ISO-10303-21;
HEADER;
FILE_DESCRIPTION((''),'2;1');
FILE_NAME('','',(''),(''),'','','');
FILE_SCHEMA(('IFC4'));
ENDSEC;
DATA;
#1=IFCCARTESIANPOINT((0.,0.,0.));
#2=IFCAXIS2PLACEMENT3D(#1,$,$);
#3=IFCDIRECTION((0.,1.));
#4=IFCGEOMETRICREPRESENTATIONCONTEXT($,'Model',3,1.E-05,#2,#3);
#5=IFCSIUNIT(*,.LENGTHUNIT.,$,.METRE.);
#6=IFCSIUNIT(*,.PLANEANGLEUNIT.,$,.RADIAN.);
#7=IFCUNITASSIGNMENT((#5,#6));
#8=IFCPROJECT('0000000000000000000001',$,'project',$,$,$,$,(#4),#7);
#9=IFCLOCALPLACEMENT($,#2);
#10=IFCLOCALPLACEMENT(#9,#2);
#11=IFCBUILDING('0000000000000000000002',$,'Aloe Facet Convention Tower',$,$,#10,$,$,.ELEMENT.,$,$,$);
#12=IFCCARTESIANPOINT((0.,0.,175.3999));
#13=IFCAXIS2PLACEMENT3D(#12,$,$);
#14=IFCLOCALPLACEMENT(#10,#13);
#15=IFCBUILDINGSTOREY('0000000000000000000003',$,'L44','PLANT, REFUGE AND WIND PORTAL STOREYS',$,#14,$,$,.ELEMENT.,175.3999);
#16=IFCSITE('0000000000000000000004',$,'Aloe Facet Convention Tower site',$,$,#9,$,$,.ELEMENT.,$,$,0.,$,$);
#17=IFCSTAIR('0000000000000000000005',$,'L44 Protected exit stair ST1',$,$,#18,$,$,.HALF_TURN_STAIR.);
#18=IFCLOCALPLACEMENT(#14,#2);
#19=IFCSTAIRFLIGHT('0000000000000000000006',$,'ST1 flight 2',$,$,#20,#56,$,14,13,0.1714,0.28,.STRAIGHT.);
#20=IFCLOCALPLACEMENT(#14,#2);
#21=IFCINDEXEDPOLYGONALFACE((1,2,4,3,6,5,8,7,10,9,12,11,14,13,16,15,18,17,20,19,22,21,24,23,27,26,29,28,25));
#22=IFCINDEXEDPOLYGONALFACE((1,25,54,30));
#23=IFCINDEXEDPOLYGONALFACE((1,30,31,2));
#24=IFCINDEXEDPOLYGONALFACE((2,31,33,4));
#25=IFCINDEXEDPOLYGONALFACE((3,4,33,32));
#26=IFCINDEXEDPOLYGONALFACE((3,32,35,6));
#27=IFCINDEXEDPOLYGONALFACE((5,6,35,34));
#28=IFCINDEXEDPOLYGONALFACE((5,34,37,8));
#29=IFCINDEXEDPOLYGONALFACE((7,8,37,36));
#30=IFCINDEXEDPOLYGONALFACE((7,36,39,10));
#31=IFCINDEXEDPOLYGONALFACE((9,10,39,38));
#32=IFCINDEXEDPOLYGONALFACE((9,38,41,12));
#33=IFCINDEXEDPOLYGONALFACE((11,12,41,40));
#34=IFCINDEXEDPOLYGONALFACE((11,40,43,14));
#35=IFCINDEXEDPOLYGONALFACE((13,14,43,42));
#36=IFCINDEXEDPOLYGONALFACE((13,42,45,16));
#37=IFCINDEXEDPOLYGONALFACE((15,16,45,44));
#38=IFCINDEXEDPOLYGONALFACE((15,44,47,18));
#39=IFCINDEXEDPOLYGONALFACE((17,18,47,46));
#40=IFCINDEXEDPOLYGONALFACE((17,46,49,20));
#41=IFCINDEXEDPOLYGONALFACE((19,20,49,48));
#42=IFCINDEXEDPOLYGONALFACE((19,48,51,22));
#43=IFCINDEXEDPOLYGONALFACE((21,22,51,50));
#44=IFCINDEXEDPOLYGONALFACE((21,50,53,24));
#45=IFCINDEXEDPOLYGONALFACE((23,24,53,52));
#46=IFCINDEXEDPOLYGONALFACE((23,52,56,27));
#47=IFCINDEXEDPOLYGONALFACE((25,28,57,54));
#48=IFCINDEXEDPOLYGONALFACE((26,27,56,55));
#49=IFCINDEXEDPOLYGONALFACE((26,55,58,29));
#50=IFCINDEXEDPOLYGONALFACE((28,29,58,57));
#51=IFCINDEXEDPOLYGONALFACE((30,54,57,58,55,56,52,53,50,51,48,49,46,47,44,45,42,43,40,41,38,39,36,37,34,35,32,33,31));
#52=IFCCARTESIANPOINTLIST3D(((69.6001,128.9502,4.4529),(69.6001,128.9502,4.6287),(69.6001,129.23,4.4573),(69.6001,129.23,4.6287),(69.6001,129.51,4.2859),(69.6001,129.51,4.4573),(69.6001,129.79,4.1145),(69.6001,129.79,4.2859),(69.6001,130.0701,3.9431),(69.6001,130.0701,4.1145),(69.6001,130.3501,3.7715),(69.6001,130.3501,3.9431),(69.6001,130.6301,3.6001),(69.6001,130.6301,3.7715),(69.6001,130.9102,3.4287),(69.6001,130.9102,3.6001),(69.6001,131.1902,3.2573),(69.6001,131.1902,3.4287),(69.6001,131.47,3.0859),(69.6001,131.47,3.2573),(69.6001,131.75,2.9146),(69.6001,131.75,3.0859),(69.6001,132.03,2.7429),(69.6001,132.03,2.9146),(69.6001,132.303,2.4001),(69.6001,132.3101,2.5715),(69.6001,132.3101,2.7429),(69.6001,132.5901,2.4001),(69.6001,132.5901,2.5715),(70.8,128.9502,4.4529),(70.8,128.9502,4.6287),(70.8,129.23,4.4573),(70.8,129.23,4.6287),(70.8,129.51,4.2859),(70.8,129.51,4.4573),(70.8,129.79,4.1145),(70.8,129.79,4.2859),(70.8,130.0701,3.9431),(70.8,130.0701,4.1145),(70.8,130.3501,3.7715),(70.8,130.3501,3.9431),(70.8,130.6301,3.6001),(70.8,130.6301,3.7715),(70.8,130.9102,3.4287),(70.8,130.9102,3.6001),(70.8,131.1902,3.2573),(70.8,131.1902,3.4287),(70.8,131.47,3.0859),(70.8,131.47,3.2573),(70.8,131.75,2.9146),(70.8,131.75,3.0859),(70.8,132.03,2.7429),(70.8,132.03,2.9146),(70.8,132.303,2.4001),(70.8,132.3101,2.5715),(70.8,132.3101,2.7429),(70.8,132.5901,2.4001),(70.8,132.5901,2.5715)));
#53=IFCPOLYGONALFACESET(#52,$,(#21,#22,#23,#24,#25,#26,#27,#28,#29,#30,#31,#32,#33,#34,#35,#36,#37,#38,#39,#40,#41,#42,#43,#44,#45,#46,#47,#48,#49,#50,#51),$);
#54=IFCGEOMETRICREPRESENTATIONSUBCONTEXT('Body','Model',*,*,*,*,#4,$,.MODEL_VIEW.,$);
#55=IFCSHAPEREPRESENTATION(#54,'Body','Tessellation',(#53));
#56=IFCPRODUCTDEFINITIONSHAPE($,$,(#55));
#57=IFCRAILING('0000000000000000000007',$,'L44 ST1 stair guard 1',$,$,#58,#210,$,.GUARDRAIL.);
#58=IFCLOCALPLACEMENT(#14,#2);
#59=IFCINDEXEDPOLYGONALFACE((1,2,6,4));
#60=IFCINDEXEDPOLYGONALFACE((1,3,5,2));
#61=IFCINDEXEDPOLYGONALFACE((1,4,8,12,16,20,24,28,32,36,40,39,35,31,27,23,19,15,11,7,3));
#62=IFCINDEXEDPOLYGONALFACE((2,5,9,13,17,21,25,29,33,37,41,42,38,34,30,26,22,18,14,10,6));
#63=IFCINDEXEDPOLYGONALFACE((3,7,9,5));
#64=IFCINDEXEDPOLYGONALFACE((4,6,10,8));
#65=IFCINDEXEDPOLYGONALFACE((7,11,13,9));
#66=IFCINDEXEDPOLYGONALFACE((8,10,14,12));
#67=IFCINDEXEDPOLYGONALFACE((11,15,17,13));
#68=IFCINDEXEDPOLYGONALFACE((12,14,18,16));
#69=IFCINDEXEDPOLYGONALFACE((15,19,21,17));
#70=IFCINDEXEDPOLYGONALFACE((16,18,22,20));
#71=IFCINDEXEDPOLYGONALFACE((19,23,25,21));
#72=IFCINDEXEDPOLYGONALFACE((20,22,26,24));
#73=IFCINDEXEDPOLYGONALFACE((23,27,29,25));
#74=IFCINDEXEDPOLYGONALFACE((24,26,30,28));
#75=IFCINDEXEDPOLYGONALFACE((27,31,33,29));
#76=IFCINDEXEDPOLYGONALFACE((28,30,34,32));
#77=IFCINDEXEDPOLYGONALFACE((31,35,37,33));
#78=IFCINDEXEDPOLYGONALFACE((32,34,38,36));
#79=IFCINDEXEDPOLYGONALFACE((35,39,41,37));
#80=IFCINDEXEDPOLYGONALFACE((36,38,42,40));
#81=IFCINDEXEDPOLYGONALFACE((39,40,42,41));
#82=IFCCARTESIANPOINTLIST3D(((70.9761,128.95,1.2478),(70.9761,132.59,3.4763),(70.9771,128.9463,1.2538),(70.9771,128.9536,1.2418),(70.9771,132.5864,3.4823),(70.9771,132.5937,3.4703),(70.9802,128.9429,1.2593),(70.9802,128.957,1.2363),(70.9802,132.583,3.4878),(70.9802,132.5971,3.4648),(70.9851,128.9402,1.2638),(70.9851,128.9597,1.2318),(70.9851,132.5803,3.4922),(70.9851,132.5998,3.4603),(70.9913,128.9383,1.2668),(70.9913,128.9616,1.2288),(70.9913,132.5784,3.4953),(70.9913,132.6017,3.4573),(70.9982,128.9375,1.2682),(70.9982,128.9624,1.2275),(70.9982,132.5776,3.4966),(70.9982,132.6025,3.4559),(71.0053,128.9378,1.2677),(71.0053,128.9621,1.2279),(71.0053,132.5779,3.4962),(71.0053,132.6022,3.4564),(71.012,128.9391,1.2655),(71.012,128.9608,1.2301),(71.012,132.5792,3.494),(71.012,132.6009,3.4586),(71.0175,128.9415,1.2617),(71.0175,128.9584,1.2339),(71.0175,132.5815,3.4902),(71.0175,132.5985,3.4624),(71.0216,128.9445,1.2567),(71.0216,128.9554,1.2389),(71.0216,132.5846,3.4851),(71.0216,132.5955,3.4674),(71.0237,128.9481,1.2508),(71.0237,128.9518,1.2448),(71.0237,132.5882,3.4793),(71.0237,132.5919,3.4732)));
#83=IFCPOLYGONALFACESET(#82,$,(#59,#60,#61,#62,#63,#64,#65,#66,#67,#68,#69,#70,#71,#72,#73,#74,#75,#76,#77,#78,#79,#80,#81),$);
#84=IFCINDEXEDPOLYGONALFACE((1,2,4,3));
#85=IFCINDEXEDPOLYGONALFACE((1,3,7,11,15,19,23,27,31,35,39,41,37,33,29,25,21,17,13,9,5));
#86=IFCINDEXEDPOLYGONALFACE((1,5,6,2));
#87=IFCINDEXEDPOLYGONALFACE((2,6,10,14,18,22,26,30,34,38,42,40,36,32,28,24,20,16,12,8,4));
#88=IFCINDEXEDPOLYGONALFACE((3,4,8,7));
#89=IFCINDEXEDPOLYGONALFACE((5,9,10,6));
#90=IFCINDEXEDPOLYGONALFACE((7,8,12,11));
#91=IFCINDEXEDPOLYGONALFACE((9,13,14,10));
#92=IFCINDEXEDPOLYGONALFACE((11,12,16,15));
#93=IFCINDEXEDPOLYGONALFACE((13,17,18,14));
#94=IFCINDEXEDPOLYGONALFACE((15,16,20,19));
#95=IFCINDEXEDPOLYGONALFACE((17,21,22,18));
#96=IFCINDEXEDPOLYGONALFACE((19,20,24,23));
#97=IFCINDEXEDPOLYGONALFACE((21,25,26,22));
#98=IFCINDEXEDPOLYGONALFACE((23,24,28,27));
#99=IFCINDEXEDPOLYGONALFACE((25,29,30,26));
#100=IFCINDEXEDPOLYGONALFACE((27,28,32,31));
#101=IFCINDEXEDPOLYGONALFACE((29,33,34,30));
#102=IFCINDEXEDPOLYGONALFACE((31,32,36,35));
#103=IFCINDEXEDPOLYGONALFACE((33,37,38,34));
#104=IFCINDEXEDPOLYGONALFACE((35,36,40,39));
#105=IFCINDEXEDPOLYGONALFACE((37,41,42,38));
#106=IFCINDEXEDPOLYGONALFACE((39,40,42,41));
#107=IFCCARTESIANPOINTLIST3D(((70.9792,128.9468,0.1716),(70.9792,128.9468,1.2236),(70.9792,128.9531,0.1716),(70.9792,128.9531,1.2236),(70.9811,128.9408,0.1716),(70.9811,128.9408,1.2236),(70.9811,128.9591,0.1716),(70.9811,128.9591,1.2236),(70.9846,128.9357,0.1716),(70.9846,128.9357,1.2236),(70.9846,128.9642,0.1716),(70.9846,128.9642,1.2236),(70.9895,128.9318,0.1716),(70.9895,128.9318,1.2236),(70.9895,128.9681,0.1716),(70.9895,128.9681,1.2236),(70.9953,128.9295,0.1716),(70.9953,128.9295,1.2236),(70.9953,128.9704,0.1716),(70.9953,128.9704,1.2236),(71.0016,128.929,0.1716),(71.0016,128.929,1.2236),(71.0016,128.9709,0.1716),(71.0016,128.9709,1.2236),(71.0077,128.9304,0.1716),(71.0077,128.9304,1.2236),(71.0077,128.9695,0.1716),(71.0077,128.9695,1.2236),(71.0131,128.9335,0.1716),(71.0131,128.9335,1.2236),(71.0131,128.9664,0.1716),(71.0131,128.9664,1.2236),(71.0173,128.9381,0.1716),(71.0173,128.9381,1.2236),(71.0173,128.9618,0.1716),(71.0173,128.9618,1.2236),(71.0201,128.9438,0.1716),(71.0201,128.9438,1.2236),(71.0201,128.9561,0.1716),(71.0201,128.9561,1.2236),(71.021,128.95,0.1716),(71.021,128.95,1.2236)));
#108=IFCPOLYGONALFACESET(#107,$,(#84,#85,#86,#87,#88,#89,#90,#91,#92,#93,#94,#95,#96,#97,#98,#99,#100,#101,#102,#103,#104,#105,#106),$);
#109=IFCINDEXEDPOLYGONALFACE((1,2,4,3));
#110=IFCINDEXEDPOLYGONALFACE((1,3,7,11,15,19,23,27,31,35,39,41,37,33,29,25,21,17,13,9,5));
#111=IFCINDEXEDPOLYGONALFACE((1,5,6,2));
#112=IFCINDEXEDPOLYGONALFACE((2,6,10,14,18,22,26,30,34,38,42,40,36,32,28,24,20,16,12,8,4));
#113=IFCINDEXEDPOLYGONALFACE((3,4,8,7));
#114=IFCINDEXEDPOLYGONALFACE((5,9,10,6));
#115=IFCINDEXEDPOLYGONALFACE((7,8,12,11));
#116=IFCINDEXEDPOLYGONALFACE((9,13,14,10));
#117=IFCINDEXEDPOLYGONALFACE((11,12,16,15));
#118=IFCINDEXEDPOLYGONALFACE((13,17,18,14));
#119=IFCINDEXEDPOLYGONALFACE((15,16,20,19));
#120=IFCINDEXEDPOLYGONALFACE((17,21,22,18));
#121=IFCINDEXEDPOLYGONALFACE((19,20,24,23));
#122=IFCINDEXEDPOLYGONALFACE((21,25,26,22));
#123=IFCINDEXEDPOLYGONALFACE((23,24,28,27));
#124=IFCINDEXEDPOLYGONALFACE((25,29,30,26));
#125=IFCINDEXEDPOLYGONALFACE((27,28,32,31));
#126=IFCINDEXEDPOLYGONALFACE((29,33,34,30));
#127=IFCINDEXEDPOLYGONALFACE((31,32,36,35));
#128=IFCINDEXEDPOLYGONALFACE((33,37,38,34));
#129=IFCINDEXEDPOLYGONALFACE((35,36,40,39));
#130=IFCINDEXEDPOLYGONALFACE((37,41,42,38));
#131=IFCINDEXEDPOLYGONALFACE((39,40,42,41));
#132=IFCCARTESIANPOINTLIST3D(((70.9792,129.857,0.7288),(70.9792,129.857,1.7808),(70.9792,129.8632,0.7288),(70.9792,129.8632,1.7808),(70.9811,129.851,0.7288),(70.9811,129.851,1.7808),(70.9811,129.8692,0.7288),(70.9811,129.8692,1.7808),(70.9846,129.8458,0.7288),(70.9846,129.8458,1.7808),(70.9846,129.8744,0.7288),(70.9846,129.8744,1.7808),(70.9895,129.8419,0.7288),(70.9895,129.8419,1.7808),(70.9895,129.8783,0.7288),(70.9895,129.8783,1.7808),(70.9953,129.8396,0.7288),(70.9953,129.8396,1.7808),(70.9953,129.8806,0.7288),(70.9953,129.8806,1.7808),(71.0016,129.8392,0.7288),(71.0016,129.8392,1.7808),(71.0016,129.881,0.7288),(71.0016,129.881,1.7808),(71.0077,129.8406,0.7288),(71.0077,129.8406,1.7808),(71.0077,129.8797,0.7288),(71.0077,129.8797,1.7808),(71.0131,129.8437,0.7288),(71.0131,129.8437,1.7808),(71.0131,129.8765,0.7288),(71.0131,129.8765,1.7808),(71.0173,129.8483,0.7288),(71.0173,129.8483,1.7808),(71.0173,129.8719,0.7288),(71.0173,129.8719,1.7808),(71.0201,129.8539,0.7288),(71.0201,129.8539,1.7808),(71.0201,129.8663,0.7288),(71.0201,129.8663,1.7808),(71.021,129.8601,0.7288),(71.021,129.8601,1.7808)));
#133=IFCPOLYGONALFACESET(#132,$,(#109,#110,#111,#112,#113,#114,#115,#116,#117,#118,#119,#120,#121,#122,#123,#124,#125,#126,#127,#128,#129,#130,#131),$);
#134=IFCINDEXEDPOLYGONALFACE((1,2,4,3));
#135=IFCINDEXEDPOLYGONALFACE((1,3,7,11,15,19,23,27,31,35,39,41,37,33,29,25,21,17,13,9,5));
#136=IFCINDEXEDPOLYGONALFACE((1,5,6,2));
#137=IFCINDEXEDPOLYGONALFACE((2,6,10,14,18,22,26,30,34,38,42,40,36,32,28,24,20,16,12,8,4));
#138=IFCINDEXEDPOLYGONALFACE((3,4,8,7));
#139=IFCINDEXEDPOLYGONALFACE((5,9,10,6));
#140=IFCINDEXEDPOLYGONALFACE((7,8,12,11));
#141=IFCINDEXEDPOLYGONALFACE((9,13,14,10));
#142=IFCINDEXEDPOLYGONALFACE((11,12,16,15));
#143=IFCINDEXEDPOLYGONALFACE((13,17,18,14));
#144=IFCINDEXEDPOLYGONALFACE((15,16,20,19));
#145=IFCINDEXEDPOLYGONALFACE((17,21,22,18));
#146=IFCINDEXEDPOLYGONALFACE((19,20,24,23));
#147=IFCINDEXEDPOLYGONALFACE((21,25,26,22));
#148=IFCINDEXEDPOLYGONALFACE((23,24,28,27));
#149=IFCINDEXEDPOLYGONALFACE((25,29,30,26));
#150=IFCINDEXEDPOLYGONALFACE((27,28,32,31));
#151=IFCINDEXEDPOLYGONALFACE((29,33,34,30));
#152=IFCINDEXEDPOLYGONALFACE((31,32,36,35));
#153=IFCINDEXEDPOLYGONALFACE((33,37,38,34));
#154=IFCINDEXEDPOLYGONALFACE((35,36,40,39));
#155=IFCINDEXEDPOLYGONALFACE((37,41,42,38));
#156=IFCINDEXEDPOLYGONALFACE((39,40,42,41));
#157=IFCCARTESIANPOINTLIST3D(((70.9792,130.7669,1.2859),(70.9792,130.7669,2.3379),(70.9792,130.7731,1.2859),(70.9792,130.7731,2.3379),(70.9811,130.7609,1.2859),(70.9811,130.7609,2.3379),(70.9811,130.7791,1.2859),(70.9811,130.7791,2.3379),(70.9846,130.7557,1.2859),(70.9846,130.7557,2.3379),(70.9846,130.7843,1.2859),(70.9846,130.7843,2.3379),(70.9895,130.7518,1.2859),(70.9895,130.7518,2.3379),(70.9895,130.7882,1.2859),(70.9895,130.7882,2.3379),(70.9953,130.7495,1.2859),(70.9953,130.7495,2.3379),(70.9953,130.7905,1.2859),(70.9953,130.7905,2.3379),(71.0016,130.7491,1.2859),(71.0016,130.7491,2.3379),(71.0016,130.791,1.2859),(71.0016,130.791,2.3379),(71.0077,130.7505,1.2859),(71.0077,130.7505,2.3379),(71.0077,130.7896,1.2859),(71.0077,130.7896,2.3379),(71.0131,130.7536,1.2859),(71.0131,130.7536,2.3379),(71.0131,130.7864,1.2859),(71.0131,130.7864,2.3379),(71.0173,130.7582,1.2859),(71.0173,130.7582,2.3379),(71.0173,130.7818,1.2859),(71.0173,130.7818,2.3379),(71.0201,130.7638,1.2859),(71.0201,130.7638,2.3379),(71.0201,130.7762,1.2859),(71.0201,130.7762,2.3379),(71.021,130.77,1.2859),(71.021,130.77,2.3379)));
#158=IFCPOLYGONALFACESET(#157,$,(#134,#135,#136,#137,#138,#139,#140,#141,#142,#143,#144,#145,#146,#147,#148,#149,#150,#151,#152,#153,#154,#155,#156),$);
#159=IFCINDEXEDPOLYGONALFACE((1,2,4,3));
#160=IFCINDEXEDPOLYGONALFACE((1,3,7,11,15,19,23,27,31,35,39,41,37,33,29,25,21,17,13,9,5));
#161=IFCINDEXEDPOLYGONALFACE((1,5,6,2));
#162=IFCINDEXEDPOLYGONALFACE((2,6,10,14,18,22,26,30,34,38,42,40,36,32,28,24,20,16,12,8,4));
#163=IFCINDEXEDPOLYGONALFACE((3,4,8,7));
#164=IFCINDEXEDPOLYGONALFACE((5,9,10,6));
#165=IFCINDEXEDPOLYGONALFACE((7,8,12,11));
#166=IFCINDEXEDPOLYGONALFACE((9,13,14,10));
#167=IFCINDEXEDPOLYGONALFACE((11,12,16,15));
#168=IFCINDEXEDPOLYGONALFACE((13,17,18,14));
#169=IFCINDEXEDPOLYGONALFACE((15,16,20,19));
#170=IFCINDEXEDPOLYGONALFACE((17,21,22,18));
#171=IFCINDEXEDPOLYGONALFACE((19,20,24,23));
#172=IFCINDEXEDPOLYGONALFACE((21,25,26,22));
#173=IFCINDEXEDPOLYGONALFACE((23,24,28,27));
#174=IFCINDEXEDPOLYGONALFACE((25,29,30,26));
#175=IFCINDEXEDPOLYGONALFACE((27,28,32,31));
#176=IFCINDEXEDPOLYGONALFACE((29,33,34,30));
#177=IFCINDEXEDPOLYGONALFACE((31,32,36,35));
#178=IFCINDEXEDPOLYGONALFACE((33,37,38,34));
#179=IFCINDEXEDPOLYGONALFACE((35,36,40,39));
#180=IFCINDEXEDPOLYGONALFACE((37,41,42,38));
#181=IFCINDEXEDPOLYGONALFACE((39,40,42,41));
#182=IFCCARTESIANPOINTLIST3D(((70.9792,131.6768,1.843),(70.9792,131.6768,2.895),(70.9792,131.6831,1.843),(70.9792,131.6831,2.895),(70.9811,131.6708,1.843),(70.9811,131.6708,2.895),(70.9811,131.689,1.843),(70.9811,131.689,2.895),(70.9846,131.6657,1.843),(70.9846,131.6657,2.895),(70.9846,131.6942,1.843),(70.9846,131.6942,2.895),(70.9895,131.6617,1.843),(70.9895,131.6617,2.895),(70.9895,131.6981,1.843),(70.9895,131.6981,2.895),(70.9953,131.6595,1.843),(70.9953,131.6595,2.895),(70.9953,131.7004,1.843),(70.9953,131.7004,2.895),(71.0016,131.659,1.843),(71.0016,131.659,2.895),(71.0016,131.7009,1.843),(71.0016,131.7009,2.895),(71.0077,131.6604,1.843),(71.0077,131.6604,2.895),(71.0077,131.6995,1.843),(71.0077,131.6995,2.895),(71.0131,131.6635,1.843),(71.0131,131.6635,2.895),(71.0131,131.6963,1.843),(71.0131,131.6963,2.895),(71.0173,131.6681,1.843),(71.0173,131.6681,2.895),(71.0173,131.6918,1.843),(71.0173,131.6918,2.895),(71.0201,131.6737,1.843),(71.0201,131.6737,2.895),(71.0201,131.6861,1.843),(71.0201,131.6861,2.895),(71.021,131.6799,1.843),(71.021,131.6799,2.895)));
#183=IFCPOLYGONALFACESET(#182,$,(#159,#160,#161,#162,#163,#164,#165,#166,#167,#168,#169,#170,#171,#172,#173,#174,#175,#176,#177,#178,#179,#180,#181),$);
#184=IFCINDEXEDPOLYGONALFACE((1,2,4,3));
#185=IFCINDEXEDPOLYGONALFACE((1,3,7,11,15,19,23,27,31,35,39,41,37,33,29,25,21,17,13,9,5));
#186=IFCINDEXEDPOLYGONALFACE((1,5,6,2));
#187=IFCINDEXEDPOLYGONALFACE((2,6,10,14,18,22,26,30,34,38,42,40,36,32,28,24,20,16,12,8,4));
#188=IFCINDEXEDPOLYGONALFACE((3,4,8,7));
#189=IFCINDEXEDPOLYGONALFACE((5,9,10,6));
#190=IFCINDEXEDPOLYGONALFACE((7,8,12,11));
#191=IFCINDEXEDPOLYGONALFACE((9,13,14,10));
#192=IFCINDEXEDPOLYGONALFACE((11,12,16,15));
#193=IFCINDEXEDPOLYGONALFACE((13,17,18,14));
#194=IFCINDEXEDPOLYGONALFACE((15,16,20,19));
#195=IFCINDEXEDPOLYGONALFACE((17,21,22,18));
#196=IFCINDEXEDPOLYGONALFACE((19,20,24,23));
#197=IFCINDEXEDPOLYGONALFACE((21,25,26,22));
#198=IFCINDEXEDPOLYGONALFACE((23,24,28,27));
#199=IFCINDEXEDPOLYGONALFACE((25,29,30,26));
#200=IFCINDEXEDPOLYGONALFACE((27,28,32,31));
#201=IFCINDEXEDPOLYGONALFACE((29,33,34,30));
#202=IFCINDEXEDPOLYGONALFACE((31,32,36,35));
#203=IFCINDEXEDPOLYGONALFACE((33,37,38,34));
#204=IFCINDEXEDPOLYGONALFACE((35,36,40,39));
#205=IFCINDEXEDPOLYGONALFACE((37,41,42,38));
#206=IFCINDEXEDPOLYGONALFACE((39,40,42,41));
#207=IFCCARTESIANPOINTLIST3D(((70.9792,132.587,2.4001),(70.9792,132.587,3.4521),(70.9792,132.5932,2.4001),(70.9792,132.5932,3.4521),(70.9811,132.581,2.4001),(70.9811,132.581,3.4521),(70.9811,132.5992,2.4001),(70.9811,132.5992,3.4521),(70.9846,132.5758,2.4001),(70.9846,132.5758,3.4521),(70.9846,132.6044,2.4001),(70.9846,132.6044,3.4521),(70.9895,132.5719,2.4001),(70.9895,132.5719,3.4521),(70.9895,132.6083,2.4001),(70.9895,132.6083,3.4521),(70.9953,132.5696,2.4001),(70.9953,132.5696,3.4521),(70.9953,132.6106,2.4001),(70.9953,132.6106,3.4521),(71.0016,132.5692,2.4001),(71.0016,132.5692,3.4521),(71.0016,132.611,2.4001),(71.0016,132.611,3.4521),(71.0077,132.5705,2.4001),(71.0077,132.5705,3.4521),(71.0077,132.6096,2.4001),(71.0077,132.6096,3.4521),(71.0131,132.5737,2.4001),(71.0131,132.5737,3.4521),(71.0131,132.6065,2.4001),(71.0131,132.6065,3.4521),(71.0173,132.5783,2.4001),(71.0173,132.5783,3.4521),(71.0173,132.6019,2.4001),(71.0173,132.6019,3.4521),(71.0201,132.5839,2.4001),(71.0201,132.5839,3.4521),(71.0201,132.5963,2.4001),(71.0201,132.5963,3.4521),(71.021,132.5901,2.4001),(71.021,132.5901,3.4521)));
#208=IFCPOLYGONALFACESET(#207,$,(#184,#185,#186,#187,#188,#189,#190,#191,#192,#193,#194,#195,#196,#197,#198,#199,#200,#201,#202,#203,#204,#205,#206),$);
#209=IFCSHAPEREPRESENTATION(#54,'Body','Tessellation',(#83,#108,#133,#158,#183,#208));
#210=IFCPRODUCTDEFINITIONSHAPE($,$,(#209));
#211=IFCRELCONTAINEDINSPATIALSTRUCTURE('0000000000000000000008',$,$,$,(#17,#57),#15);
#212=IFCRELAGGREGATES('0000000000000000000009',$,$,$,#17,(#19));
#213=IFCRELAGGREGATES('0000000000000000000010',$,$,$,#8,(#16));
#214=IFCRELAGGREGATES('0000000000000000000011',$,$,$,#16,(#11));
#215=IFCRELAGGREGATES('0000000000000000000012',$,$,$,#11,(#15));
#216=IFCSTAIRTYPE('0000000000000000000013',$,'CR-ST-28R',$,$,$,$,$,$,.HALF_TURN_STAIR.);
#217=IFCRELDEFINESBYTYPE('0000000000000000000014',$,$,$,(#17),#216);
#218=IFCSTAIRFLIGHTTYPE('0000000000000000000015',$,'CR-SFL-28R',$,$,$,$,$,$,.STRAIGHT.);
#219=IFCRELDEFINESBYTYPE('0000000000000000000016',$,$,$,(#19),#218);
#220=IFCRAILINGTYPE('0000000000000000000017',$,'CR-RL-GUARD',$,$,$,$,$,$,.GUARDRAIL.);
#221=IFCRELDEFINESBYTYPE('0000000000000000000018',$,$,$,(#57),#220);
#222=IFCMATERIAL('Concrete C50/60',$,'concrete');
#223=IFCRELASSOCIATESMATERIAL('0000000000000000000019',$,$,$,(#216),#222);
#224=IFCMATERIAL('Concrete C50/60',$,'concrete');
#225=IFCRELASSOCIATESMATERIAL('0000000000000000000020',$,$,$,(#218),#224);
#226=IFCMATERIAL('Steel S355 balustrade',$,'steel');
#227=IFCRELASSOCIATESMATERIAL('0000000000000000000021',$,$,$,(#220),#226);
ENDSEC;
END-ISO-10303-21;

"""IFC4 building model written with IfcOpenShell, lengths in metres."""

from ifc_helpers import new_model, si_unit, direction, frame, origin, origin_2d, place, context, subcontext, project, spatial, polyline, circle, outline, extrude, material, type_object, element, aggregate, save


model = new_model("IFC4")

# Units and contexts
model_context = context("Model", 3, precision=1e-05, world=origin(), true_north=direction((0.0, 1.0)))
body_context = subcontext(model_context, "Body", "Model", "MODEL_VIEW")
ifc_project = project(units=[si_unit("LENGTHUNIT", "METRE"), si_unit("PLANEANGLEUNIT", "RADIAN")], contexts=[model_context])

# Site, building, storey
site_placement = place(None, origin())
site = spatial("IfcSite", under=ifc_project, at=site_placement, Name="Aloe Facet Convention Tower site", CompositionType="ELEMENT", RefElevation=0.0)
building_placement = place(site_placement, origin())
building = spatial("IfcBuilding", under=site, at=building_placement, Name="Aloe Facet Convention Tower", CompositionType="ELEMENT")
storey_placement = place(building_placement, frame((0.0, 0.0, 175.3999)))
storey = spatial("IfcBuildingStorey", under=building, at=storey_placement, Name="L44", Description="PLANT, REFUGE AND WIND PORTAL STOREYS", CompositionType="ELEMENT", Elevation=175.3999)

# Stair, stair flight
ifc_material_1 = material(Name="Concrete C50/60", Category="concrete")
stair_type = type_object("IfcStairType", Name="CR-ST-28R", PredefinedType="HALF_TURN_STAIR", material=ifc_material_1)
stair_placement = place(storey_placement, origin())
stair = element("IfcStair", 1, at=stair_placement, inside=storey, type_object=stair_type, Name="L44 Protected exit stair ST1", PredefinedType="HALF_TURN_STAIR")
ifc_material_2 = material(Name="Concrete C50/60", Category="concrete")
stair_flight_type = type_object("IfcStairFlightType", Name="CR-SFL-28R", PredefinedType="STRAIGHT", material=ifc_material_2)
stair_flight_1_placement = place(storey_placement, frame((70.2, 132.5901, 2.4001), z_axis=(0.0, 0.0, 1.0), x_axis=(0.0, -1.0, 0.0)))
stair_flight_1 = element("IfcStairFlight", 2, at=stair_flight_1_placement, type_object=stair_flight_type, Name="ST1 flight 2", NumberOfRisers=14, NumberOfTreads=13, PredefinedType="STRAIGHT", RiserHeight=0.1714, TreadLength=0.28, context=body_context, shape_type="SweptSolid", body=[
    extrude(outline(polyline([(0.0, 0.0), (0.0, 0.1714), (0.28, 0.1714), (0.28, 0.3428), (0.5601, 0.3428), (0.5601, 0.5144), (0.8401, 0.5144), (0.8401, 0.6858), (1.1201, 0.6858), (1.1201, 0.8572), (1.3999, 0.8572), (1.3999, 1.0286), (1.6799, 1.0286), (1.6799, 1.2), (1.96, 1.2), (1.96, 1.3713), (2.24, 1.3713), (2.24, 1.543), (2.52, 1.543), (2.52, 1.7144), (2.8, 1.7144), (2.8, 1.8857), (3.0801, 1.8857), (3.0801, 2.0571), (3.3601, 2.0571), (3.3601, 2.2285), (3.6399, 2.2285), (3.6399, 2.3999), (3.6399, 2.0527), (0.2871, 0.0), (0.0, 0.0)])), frame((0.0, 0.6001, 0.0), z_axis=(0.0, -1.0, 0.0), x_axis=(1.0, 0.0, 0.0)), (0.0, 0.0, 1.0), 1.2),
])
aggregate(stair, [stair_flight_1])

# Railing
ifc_material_3 = material(Name="Steel S355 balustrade", Category="steel")
railing_type_1 = type_object("IfcRailingType", Name="CR-RL-GUARD", PredefinedType="GUARDRAIL", material=ifc_material_3)
railing_1_placement = place(storey_placement, frame((71.0, 128.95, 0.1716)))
element("IfcRailing", 3, at=railing_1_placement, inside=storey, type_object=railing_type_1, Name="L44 ST1 stair guard 1", PredefinedType="GUARDRAIL", context=body_context, shape_type="SweptSolid", body=[
    extrude(circle(Radius=0.0239, at=origin_2d()), frame((0.0, 0.0, 1.0762), z_axis=(0.0, 0.852866, 0.52213), x_axis=(-1.0, 0.0, 0.0)), (0.0, 0.0, 1.0), 4.2681),
    extrude(circle(Radius=0.021, at=origin_2d()), origin(), (0.0, 0.0, 1.0), 1.052),
    extrude(circle(Radius=0.021, at=origin_2d()), frame((0.0, 0.9102, 0.5571)), (0.0, 0.0, 1.0), 1.052),
    extrude(circle(Radius=0.021, at=origin_2d()), frame((0.0, 1.8201, 1.1143)), (0.0, 0.0, 1.0), 1.052),
    extrude(circle(Radius=0.021, at=origin_2d()), frame((0.0, 2.73, 1.6714)), (0.0, 0.0, 1.0), 1.052),
    extrude(circle(Radius=0.021, at=origin_2d()), frame((0.0, 3.6401, 2.2285)), (0.0, 0.0, 1.0), 1.052),
])

save(model, "model.ifc")
